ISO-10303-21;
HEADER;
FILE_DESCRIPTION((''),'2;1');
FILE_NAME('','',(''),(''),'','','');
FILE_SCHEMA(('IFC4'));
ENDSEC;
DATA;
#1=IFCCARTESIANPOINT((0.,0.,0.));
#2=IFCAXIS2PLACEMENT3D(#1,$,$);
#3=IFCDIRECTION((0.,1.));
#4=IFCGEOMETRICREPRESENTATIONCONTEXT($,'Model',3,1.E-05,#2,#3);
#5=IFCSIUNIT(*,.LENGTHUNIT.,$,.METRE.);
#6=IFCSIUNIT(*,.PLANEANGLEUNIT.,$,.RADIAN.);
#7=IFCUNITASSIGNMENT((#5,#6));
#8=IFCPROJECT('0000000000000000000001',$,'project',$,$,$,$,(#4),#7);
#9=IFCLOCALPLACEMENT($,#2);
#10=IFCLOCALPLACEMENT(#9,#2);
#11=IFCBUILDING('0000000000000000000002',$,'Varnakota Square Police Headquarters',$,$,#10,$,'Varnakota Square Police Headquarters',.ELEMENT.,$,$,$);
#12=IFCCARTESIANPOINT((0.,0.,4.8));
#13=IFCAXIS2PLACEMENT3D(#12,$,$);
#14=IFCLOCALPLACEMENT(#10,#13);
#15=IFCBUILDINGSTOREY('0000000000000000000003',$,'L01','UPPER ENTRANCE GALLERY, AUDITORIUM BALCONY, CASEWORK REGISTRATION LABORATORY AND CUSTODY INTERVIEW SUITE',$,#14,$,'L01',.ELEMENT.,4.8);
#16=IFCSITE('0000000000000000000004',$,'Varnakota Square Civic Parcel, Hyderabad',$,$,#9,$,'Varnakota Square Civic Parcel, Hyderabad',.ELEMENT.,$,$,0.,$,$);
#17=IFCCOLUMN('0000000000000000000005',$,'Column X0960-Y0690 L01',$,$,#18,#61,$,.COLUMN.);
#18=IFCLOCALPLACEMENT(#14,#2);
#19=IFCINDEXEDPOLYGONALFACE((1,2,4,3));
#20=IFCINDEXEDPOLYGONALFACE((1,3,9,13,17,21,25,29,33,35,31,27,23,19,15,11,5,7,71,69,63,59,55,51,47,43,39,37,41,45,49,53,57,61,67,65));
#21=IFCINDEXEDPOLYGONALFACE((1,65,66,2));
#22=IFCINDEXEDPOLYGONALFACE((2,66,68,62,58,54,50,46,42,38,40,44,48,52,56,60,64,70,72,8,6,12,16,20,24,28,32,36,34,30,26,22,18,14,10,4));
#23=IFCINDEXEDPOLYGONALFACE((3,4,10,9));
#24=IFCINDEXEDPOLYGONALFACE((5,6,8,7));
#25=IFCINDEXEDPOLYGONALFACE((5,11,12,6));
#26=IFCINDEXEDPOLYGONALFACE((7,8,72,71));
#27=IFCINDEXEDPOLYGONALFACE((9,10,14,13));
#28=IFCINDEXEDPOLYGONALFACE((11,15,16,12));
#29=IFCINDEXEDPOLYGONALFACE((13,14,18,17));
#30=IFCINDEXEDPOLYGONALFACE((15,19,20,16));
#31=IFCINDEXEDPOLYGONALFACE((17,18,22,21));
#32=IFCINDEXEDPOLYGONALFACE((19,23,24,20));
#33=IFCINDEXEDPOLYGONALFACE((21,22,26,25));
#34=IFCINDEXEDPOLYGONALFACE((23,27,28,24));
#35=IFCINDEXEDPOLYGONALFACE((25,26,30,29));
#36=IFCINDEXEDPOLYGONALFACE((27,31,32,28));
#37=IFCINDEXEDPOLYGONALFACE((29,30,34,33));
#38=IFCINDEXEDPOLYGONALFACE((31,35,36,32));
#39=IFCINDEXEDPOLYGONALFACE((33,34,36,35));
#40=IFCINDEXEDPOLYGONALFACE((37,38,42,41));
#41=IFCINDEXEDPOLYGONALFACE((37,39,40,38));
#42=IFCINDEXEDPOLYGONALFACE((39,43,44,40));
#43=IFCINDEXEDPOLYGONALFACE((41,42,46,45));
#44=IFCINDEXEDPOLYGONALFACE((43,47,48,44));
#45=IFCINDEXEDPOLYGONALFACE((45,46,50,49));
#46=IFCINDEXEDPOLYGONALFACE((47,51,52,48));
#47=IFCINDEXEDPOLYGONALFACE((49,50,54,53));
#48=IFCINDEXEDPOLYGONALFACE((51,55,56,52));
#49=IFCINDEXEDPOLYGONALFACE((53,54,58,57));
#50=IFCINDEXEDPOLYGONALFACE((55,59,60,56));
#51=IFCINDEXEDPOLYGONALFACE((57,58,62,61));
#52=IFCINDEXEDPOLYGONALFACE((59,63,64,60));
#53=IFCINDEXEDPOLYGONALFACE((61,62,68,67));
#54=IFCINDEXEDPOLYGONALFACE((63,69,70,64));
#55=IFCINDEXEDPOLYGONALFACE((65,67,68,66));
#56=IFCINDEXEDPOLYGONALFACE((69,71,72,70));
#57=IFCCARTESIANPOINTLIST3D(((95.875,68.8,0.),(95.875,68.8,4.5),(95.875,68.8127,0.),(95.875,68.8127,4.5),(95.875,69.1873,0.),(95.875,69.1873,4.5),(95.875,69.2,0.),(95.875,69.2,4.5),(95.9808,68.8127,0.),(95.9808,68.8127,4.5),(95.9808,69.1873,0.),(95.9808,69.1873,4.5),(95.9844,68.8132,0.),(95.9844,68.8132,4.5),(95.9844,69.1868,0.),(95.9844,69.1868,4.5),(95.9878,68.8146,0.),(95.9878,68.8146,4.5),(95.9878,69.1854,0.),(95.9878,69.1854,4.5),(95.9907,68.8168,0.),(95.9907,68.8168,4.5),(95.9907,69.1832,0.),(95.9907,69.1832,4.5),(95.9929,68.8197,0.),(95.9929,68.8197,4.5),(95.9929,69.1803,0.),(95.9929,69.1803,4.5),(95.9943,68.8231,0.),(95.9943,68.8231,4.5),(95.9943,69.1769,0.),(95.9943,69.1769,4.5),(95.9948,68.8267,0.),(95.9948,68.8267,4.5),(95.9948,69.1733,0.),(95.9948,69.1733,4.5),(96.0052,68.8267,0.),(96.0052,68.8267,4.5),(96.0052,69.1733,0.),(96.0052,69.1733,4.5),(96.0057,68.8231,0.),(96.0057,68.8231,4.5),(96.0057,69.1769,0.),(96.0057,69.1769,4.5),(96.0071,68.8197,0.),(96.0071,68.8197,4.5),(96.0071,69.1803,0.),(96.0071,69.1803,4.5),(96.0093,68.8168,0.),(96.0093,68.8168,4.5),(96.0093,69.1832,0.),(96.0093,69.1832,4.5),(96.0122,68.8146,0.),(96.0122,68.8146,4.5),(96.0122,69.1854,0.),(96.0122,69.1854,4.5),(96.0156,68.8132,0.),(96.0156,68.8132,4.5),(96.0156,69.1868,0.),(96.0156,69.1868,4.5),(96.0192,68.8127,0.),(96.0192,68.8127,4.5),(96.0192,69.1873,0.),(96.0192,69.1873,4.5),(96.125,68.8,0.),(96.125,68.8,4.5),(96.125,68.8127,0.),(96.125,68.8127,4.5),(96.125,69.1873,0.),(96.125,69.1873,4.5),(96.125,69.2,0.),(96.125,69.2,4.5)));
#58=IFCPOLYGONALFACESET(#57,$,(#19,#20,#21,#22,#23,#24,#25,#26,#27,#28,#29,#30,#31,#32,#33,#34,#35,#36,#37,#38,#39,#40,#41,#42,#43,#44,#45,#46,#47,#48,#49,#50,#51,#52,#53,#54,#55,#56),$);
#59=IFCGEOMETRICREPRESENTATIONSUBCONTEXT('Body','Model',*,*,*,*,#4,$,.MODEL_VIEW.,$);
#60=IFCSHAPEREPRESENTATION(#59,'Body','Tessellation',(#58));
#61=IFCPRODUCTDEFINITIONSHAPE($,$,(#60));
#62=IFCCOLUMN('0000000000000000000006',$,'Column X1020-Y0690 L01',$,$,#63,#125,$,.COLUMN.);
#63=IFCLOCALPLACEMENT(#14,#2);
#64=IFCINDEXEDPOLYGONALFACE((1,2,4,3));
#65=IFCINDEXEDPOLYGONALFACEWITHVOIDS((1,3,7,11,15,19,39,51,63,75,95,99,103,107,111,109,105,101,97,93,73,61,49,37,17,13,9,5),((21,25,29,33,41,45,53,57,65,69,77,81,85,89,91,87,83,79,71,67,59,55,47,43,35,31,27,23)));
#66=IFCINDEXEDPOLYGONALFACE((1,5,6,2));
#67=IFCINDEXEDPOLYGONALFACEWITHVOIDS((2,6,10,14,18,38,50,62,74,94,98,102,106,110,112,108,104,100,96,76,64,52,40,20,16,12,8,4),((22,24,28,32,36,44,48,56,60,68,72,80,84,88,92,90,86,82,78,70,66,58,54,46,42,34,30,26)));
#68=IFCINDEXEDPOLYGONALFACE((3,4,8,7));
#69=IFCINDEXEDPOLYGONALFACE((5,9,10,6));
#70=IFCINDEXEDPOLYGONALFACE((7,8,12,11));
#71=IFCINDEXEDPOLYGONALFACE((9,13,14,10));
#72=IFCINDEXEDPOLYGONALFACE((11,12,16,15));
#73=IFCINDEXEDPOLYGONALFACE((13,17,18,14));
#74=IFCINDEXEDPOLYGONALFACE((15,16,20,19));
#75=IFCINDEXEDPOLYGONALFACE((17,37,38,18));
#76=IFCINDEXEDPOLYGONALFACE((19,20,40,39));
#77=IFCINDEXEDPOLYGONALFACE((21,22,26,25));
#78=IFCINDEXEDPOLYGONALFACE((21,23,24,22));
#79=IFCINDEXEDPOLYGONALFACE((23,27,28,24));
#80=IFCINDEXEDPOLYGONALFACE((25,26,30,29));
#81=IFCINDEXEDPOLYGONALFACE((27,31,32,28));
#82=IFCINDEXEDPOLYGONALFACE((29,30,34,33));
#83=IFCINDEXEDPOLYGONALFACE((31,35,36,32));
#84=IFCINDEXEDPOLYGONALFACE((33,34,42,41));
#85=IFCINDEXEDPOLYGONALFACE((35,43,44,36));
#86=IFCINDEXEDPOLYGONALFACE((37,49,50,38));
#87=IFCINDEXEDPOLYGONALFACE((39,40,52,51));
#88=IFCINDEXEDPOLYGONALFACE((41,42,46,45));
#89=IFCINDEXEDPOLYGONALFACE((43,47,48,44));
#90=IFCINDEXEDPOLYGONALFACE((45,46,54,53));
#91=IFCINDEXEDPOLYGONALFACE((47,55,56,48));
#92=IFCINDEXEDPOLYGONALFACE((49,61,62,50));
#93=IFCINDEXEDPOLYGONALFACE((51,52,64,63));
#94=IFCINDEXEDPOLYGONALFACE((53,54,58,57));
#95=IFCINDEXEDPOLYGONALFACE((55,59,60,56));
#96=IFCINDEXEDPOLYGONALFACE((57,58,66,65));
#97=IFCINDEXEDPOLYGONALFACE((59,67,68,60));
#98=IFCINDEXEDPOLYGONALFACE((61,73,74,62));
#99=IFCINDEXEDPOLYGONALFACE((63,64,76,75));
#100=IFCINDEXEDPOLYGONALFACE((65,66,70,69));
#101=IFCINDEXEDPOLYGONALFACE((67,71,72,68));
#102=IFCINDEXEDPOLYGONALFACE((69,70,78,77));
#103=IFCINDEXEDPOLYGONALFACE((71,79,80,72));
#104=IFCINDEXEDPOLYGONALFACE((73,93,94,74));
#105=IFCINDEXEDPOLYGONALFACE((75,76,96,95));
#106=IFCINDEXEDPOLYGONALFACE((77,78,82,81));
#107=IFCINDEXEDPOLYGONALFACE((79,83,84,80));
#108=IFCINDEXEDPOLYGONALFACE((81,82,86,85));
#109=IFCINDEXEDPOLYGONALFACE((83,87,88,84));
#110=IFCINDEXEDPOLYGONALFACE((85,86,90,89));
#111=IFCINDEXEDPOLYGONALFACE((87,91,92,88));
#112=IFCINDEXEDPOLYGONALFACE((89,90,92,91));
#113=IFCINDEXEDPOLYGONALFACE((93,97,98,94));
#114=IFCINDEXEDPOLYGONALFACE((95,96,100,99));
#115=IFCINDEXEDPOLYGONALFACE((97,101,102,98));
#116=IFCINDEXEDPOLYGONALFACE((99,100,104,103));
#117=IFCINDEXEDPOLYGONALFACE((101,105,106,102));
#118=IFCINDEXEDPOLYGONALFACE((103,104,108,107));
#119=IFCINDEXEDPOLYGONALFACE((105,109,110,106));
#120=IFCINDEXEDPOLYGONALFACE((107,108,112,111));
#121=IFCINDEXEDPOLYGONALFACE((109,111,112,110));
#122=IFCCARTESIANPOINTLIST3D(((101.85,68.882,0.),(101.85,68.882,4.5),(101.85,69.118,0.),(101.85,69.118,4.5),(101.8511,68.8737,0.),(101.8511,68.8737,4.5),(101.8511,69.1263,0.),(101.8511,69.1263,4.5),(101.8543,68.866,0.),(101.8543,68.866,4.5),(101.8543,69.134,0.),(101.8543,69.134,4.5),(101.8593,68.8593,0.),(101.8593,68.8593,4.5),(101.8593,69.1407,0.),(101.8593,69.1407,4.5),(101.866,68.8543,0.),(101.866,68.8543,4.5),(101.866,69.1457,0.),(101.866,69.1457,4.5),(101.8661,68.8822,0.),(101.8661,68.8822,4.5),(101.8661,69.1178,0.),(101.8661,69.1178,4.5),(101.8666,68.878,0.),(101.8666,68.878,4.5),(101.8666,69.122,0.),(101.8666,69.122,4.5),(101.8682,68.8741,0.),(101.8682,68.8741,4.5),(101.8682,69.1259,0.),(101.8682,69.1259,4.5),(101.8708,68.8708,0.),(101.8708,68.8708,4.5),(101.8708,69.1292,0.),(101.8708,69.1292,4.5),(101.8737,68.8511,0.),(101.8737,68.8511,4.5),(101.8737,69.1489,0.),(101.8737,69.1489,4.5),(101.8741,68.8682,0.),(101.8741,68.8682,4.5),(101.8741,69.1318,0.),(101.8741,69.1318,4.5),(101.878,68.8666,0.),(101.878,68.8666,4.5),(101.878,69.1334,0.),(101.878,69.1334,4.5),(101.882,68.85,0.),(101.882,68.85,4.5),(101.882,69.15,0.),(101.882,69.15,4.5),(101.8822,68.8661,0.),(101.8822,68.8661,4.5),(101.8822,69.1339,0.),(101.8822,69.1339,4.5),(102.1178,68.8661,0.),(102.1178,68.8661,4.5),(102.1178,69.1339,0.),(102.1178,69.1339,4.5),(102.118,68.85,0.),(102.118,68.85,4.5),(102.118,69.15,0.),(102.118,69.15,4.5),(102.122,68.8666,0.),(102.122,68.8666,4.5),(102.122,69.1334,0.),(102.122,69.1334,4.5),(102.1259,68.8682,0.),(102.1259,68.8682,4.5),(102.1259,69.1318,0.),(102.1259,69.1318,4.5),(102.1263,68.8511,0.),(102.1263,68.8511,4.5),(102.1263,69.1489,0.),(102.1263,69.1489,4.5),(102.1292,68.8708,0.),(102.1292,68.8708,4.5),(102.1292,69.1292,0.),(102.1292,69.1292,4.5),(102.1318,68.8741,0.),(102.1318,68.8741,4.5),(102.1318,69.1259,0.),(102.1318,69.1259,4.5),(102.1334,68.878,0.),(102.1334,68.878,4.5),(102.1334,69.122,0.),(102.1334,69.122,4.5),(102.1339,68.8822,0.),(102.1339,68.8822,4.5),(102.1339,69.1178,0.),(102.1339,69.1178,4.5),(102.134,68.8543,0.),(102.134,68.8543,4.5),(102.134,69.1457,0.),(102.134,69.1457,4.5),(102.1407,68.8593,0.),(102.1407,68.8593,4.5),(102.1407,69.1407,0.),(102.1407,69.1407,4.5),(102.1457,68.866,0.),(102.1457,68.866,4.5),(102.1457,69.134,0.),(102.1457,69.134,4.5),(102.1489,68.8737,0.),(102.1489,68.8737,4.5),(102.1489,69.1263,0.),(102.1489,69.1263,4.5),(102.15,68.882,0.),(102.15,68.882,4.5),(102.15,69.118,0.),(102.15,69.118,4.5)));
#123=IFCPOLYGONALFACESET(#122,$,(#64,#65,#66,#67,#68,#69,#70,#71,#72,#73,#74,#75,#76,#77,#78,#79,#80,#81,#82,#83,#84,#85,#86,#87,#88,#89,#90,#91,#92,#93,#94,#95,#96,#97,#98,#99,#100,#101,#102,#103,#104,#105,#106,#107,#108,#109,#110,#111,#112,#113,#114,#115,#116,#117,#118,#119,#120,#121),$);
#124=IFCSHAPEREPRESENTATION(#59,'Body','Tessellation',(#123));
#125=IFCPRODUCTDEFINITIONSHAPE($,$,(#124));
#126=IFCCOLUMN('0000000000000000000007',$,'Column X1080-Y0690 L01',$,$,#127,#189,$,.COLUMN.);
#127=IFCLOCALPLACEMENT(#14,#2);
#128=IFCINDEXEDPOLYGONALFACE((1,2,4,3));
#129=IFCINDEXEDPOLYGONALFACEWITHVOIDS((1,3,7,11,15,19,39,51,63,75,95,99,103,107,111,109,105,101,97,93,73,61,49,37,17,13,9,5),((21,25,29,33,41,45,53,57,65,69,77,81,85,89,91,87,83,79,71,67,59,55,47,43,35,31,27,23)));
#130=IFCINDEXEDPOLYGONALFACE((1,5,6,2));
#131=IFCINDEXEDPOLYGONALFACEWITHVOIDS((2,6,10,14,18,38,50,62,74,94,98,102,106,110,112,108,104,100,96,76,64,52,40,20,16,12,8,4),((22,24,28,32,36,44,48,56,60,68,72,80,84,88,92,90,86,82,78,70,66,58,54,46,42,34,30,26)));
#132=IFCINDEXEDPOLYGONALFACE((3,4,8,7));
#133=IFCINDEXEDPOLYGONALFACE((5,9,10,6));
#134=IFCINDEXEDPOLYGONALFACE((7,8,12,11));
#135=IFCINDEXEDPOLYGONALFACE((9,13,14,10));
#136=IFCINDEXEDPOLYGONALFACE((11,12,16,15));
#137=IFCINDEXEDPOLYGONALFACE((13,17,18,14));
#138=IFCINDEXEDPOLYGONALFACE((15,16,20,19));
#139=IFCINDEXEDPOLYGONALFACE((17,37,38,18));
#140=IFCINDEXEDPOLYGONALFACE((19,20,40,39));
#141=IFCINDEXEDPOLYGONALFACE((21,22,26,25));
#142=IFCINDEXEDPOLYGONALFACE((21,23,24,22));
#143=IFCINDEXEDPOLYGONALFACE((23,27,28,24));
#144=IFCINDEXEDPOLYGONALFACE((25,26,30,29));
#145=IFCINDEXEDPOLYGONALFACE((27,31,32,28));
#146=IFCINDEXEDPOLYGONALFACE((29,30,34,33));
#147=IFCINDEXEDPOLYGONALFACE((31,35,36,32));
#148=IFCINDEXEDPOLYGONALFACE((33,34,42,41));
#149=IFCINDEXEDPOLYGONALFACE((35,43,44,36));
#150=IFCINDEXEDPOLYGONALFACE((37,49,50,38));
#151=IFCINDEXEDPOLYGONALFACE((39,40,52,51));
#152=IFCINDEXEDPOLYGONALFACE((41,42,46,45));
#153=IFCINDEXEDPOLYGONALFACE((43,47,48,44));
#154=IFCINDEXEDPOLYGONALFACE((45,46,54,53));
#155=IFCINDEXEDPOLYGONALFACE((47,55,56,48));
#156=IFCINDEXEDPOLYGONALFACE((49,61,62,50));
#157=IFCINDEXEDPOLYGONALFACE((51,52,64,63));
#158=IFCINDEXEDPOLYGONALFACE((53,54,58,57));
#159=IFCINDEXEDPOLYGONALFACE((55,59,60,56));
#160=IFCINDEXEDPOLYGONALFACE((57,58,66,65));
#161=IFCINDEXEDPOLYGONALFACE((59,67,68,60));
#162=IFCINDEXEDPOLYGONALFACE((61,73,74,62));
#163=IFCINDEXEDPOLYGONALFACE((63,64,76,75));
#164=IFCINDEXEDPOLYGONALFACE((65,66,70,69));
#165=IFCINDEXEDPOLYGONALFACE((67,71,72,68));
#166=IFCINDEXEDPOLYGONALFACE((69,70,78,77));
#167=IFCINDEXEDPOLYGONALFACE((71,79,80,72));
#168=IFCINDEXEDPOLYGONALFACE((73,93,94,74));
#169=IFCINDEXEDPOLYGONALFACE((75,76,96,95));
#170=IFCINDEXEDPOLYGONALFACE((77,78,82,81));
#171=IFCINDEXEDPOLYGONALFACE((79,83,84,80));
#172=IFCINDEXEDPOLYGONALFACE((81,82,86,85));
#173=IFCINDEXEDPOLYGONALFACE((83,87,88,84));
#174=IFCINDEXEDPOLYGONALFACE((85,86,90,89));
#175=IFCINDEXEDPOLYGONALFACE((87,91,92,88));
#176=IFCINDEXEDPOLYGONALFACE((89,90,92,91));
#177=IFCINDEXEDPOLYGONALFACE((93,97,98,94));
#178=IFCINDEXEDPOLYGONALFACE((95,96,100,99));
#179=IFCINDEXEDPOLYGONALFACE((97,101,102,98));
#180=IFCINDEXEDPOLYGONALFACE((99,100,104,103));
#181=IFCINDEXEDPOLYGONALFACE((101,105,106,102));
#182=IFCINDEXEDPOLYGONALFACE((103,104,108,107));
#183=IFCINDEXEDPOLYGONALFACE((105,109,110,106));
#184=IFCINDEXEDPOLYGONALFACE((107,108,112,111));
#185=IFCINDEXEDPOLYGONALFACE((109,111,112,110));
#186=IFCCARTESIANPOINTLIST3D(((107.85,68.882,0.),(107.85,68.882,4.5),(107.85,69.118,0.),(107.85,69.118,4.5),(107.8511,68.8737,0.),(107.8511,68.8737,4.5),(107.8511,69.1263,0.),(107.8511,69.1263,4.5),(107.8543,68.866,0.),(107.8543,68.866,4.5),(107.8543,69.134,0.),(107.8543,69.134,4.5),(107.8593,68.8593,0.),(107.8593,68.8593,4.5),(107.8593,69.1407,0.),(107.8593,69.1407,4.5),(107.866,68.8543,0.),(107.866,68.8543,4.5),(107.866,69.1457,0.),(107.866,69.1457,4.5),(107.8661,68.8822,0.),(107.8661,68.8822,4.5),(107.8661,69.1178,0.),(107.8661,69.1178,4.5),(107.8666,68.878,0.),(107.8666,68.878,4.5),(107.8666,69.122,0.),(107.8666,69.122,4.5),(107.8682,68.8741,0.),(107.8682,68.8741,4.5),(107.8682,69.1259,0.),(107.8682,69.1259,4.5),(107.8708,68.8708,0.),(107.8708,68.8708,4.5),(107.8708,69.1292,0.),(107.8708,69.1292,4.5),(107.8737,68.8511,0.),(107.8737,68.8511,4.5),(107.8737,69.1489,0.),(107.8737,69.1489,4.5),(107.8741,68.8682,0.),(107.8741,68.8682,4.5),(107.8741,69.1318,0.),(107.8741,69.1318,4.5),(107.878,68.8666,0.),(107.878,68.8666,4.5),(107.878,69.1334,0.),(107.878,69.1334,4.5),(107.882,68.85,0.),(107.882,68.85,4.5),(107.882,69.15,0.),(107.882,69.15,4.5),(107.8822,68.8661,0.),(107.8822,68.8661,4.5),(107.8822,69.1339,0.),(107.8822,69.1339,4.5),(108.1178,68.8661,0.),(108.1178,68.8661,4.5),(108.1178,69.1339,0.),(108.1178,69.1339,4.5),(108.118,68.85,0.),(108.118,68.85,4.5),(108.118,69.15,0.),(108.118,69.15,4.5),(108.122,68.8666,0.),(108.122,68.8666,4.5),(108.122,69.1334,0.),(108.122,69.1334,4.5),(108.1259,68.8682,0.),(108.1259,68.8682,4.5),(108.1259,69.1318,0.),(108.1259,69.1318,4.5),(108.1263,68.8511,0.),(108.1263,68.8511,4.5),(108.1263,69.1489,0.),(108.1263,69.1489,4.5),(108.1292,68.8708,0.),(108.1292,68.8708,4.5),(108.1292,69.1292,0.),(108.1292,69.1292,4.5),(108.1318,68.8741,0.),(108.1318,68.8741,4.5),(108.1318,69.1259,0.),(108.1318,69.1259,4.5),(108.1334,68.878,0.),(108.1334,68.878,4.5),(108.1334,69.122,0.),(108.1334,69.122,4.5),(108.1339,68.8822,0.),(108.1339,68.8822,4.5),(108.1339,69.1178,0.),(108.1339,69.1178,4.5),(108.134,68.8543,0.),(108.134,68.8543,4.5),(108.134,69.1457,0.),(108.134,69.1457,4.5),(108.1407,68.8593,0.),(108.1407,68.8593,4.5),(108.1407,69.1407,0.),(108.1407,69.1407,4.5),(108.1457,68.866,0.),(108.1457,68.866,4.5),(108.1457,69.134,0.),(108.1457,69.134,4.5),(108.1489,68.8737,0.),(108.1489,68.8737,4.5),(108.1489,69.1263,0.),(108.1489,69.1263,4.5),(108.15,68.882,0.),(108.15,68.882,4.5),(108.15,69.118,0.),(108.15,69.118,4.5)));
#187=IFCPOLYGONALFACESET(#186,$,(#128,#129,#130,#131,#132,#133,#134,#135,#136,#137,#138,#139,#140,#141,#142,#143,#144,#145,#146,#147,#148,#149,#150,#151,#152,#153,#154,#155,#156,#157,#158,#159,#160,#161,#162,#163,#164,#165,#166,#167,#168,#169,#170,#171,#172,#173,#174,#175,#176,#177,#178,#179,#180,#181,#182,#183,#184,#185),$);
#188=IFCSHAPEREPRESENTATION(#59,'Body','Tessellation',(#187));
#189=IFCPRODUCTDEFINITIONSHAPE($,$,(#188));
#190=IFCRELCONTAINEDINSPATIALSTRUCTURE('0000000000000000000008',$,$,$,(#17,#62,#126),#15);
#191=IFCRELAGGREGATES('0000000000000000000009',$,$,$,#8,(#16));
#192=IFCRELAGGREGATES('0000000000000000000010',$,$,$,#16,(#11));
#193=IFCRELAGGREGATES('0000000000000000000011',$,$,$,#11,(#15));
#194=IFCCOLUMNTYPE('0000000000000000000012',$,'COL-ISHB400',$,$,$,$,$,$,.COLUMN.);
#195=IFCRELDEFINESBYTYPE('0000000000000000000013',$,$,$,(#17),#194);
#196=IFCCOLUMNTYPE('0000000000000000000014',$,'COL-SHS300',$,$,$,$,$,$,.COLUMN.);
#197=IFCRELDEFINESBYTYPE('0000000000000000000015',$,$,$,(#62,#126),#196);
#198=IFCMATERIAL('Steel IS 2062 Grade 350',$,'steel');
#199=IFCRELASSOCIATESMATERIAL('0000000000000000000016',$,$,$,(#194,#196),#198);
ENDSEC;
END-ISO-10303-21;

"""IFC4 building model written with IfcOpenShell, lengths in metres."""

from ifc_helpers import new_model, si_unit, direction, frame, origin, origin_2d, place, context, subcontext, project, spatial, hollow_rectangle, i_section, extrude, material, material_profile, profile_set, type_object, element, save


model = new_model("IFC4")

# Units and contexts
model_context = context("Model", 3, precision=1e-05, world=origin(), true_north=direction((0.0, 1.0)))
body_context = subcontext(model_context, "Body", "Model", "MODEL_VIEW")
ifc_project = project(units=[si_unit("LENGTHUNIT", "METRE"), si_unit("PLANEANGLEUNIT", "RADIAN")], contexts=[model_context])

# Site, building, storey
site_placement = place(None, origin())
site = spatial("IfcSite", under=ifc_project, at=site_placement, Name="Varnakota Square Civic Parcel, Hyderabad", LongName="Varnakota Square Civic Parcel, Hyderabad", CompositionType="ELEMENT", RefElevation=0.0)
building_placement = place(site_placement, origin())
building = spatial("IfcBuilding", under=site, at=building_placement, Name="Varnakota Square Police Headquarters", LongName="Varnakota Square Police Headquarters", CompositionType="ELEMENT")
storey_placement = place(building_placement, frame((0.0, 0.0, 4.8)))
storey = spatial("IfcBuildingStorey", under=building, at=storey_placement, Name="L01", Description="UPPER ENTRANCE GALLERY, AUDITORIUM BALCONY, CASEWORK REGISTRATION LABORATORY AND CUSTODY INTERVIEW SUITE", LongName="L01", CompositionType="ELEMENT", Elevation=4.8)

# Columns
ifc_material_1 = material(Name="Steel IS 2062 Grade 350", Category="steel")
ifc_material_profile_1 = material_profile(ifc_material_1, i_section(OverallWidth=0.25, OverallDepth=0.3999, WebThickness=0.0105, FlangeThickness=0.0127, FilletRadius=0.0139, at=origin_2d()), Name="ISHB 400")
ifc_profile_set_1 = profile_set([ifc_material_profile_1], Name="Steel IS 2062 Grade 350")
column_type_1 = type_object("IfcColumnType", Name="COL-ISHB400", PredefinedType="COLUMN", material=ifc_profile_set_1)
column_placement = place(storey_placement, frame((96.0, 69.0, 0.0), z_axis=(0.0, 0.0, 1.0), x_axis=(1.0, 0.0, 0.0)))
element("IfcColumn", 1, at=column_placement, inside=storey, type_object=column_type_1, Name="Column X0960-Y0690 L01", PredefinedType="COLUMN", context=body_context, shape_type="SweptSolid", body=[
    extrude(i_section(OverallWidth=0.25, OverallDepth=0.3999, WebThickness=0.0105, FlangeThickness=0.0127, FilletRadius=0.0139, at=origin_2d()), origin(), (0.0, 0.0, 1.0), 4.5),
])
ifc_material_profile_2 = material_profile(ifc_material_1, hollow_rectangle(XDim=0.3, YDim=0.3, WallThickness=0.0161, InnerFilletRadius=0.0161, OuterFilletRadius=0.032, at=origin_2d()), Name="SHS 300x300x16")
ifc_profile_set_2 = profile_set([ifc_material_profile_2], Name="Steel IS 2062 Grade 350")
column_type_2 = type_object("IfcColumnType", Name="COL-SHS300", PredefinedType="COLUMN", material=ifc_profile_set_2)
for number, where, z_axis, x_axis, name in (
    (2, (102.0, 69.0, 0.0), (0.0, 0.0, 1.0), (1.0, 0.0, 0.0), "Column X1020-Y0690 L01"),
    (3, (108.0, 69.0, 0.0), (0.0, 0.0, 1.0), (1.0, 0.0, 0.0), "Column X1080-Y0690 L01"),
):
    element("IfcColumn", number, at=place(storey_placement, frame(where, z_axis=z_axis, x_axis=x_axis)), inside=storey, type_object=column_type_2, Name=name, PredefinedType="COLUMN", context=body_context, shape_type="SweptSolid", body=[
        extrude(hollow_rectangle(XDim=0.3, YDim=0.3, WallThickness=0.0161, InnerFilletRadius=0.0161, OuterFilletRadius=0.032, at=origin_2d()), origin(), (0.0, 0.0, 1.0), 4.5),
    ])

save(model, "model.ifc")
